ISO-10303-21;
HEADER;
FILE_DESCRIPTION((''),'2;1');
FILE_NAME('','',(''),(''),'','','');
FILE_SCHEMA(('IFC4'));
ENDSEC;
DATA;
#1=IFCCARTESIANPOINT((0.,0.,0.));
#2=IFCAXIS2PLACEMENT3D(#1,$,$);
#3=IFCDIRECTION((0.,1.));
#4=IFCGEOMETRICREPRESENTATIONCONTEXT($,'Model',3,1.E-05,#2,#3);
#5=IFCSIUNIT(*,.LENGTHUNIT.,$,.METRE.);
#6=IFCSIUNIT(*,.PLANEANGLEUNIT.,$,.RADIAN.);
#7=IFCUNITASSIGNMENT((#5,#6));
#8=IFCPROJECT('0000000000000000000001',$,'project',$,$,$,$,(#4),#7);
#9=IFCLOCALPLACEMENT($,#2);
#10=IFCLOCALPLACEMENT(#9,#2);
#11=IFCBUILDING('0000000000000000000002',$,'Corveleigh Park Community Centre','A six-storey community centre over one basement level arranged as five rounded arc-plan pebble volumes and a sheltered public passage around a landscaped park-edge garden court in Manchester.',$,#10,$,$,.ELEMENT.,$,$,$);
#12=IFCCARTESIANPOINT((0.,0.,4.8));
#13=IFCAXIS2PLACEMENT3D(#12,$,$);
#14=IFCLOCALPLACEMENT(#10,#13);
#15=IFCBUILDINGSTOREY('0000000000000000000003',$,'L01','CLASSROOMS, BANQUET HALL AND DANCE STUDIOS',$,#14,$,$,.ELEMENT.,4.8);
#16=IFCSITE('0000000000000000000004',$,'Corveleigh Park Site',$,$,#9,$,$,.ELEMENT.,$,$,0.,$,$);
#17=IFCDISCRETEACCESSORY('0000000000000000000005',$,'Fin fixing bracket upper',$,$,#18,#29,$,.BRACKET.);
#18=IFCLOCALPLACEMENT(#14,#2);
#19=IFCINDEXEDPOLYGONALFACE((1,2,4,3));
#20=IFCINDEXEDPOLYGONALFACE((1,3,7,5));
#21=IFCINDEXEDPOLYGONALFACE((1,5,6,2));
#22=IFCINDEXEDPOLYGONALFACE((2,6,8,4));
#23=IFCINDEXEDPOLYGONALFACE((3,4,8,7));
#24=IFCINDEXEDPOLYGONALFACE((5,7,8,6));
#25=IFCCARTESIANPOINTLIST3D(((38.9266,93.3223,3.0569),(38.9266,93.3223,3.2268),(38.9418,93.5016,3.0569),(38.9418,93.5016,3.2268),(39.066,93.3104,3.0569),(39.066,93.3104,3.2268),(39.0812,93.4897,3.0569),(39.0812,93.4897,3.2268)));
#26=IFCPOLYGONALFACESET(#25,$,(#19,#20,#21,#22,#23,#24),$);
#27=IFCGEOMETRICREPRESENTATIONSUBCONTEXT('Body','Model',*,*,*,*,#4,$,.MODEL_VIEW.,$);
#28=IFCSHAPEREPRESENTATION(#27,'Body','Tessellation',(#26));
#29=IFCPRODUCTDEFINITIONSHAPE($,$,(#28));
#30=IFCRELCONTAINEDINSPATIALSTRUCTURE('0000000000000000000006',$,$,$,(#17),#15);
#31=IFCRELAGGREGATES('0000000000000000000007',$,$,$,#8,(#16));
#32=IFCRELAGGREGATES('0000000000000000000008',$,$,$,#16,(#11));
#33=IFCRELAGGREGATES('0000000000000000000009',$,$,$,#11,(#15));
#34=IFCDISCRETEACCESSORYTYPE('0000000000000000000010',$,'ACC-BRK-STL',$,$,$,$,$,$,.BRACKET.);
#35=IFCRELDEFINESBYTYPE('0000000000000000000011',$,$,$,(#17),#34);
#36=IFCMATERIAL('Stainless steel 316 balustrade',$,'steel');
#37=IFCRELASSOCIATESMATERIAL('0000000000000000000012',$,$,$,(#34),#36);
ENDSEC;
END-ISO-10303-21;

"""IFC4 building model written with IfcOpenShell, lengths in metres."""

from ifc_helpers import new_model, si_unit, direction, frame, origin, origin_2d, place, context, subcontext, project, spatial, rectangle, extrude, material, type_object, element, save


model = new_model("IFC4")

# Units and contexts
model_context = context("Model", 3, precision=1e-05, world=origin(), true_north=direction((0.0, 1.0)))
body_context = subcontext(model_context, "Body", "Model", "MODEL_VIEW")
ifc_project = project(units=[si_unit("LENGTHUNIT", "METRE"), si_unit("PLANEANGLEUNIT", "RADIAN")], contexts=[model_context])

# Site, building, storey
site_placement = place(None, origin())
site = spatial("IfcSite", under=ifc_project, at=site_placement, Name="Corveleigh Park Site", CompositionType="ELEMENT", RefElevation=0.0)
building_placement = place(site_placement, origin())
building = spatial("IfcBuilding", under=site, at=building_placement, Name="Corveleigh Park Community Centre", Description="A six-storey community centre over one basement level arranged as five rounded arc-plan pebble volumes and a sheltered public passage around a landscaped park-edge garden court in Manchester.", CompositionType="ELEMENT")
storey_placement = place(building_placement, frame((0.0, 0.0, 4.8)))
storey = spatial("IfcBuildingStorey", under=building, at=storey_placement, Name="L01", Description="CLASSROOMS, BANQUET HALL AND DANCE STUDIOS", CompositionType="ELEMENT", Elevation=4.8)

# Discrete accessory
ifc_material_1 = material(Name="Stainless steel 316 balustrade", Category="steel")
discrete_accessory_type = type_object("IfcDiscreteAccessoryType", Name="ACC-BRK-STL", PredefinedType="BRACKET", material=ifc_material_1)
discrete_accessory_placement = place(storey_placement, frame((39.0039, 93.406, 3.0569), z_axis=(0.0, 0.0, 1.0), x_axis=(0.084654, 0.99641, 0.0)))
element("IfcDiscreteAccessory", 1, at=discrete_accessory_placement, inside=storey, type_object=discrete_accessory_type, Name="Fin fixing bracket upper", PredefinedType="BRACKET", context=body_context, shape_type="SweptSolid", body=[
    extrude(rectangle(XDim=0.1799, YDim=0.1399, at=origin_2d()), origin(), (0.0, 0.0, 1.0), 0.1699),
])

save(model, "model.ifc")
